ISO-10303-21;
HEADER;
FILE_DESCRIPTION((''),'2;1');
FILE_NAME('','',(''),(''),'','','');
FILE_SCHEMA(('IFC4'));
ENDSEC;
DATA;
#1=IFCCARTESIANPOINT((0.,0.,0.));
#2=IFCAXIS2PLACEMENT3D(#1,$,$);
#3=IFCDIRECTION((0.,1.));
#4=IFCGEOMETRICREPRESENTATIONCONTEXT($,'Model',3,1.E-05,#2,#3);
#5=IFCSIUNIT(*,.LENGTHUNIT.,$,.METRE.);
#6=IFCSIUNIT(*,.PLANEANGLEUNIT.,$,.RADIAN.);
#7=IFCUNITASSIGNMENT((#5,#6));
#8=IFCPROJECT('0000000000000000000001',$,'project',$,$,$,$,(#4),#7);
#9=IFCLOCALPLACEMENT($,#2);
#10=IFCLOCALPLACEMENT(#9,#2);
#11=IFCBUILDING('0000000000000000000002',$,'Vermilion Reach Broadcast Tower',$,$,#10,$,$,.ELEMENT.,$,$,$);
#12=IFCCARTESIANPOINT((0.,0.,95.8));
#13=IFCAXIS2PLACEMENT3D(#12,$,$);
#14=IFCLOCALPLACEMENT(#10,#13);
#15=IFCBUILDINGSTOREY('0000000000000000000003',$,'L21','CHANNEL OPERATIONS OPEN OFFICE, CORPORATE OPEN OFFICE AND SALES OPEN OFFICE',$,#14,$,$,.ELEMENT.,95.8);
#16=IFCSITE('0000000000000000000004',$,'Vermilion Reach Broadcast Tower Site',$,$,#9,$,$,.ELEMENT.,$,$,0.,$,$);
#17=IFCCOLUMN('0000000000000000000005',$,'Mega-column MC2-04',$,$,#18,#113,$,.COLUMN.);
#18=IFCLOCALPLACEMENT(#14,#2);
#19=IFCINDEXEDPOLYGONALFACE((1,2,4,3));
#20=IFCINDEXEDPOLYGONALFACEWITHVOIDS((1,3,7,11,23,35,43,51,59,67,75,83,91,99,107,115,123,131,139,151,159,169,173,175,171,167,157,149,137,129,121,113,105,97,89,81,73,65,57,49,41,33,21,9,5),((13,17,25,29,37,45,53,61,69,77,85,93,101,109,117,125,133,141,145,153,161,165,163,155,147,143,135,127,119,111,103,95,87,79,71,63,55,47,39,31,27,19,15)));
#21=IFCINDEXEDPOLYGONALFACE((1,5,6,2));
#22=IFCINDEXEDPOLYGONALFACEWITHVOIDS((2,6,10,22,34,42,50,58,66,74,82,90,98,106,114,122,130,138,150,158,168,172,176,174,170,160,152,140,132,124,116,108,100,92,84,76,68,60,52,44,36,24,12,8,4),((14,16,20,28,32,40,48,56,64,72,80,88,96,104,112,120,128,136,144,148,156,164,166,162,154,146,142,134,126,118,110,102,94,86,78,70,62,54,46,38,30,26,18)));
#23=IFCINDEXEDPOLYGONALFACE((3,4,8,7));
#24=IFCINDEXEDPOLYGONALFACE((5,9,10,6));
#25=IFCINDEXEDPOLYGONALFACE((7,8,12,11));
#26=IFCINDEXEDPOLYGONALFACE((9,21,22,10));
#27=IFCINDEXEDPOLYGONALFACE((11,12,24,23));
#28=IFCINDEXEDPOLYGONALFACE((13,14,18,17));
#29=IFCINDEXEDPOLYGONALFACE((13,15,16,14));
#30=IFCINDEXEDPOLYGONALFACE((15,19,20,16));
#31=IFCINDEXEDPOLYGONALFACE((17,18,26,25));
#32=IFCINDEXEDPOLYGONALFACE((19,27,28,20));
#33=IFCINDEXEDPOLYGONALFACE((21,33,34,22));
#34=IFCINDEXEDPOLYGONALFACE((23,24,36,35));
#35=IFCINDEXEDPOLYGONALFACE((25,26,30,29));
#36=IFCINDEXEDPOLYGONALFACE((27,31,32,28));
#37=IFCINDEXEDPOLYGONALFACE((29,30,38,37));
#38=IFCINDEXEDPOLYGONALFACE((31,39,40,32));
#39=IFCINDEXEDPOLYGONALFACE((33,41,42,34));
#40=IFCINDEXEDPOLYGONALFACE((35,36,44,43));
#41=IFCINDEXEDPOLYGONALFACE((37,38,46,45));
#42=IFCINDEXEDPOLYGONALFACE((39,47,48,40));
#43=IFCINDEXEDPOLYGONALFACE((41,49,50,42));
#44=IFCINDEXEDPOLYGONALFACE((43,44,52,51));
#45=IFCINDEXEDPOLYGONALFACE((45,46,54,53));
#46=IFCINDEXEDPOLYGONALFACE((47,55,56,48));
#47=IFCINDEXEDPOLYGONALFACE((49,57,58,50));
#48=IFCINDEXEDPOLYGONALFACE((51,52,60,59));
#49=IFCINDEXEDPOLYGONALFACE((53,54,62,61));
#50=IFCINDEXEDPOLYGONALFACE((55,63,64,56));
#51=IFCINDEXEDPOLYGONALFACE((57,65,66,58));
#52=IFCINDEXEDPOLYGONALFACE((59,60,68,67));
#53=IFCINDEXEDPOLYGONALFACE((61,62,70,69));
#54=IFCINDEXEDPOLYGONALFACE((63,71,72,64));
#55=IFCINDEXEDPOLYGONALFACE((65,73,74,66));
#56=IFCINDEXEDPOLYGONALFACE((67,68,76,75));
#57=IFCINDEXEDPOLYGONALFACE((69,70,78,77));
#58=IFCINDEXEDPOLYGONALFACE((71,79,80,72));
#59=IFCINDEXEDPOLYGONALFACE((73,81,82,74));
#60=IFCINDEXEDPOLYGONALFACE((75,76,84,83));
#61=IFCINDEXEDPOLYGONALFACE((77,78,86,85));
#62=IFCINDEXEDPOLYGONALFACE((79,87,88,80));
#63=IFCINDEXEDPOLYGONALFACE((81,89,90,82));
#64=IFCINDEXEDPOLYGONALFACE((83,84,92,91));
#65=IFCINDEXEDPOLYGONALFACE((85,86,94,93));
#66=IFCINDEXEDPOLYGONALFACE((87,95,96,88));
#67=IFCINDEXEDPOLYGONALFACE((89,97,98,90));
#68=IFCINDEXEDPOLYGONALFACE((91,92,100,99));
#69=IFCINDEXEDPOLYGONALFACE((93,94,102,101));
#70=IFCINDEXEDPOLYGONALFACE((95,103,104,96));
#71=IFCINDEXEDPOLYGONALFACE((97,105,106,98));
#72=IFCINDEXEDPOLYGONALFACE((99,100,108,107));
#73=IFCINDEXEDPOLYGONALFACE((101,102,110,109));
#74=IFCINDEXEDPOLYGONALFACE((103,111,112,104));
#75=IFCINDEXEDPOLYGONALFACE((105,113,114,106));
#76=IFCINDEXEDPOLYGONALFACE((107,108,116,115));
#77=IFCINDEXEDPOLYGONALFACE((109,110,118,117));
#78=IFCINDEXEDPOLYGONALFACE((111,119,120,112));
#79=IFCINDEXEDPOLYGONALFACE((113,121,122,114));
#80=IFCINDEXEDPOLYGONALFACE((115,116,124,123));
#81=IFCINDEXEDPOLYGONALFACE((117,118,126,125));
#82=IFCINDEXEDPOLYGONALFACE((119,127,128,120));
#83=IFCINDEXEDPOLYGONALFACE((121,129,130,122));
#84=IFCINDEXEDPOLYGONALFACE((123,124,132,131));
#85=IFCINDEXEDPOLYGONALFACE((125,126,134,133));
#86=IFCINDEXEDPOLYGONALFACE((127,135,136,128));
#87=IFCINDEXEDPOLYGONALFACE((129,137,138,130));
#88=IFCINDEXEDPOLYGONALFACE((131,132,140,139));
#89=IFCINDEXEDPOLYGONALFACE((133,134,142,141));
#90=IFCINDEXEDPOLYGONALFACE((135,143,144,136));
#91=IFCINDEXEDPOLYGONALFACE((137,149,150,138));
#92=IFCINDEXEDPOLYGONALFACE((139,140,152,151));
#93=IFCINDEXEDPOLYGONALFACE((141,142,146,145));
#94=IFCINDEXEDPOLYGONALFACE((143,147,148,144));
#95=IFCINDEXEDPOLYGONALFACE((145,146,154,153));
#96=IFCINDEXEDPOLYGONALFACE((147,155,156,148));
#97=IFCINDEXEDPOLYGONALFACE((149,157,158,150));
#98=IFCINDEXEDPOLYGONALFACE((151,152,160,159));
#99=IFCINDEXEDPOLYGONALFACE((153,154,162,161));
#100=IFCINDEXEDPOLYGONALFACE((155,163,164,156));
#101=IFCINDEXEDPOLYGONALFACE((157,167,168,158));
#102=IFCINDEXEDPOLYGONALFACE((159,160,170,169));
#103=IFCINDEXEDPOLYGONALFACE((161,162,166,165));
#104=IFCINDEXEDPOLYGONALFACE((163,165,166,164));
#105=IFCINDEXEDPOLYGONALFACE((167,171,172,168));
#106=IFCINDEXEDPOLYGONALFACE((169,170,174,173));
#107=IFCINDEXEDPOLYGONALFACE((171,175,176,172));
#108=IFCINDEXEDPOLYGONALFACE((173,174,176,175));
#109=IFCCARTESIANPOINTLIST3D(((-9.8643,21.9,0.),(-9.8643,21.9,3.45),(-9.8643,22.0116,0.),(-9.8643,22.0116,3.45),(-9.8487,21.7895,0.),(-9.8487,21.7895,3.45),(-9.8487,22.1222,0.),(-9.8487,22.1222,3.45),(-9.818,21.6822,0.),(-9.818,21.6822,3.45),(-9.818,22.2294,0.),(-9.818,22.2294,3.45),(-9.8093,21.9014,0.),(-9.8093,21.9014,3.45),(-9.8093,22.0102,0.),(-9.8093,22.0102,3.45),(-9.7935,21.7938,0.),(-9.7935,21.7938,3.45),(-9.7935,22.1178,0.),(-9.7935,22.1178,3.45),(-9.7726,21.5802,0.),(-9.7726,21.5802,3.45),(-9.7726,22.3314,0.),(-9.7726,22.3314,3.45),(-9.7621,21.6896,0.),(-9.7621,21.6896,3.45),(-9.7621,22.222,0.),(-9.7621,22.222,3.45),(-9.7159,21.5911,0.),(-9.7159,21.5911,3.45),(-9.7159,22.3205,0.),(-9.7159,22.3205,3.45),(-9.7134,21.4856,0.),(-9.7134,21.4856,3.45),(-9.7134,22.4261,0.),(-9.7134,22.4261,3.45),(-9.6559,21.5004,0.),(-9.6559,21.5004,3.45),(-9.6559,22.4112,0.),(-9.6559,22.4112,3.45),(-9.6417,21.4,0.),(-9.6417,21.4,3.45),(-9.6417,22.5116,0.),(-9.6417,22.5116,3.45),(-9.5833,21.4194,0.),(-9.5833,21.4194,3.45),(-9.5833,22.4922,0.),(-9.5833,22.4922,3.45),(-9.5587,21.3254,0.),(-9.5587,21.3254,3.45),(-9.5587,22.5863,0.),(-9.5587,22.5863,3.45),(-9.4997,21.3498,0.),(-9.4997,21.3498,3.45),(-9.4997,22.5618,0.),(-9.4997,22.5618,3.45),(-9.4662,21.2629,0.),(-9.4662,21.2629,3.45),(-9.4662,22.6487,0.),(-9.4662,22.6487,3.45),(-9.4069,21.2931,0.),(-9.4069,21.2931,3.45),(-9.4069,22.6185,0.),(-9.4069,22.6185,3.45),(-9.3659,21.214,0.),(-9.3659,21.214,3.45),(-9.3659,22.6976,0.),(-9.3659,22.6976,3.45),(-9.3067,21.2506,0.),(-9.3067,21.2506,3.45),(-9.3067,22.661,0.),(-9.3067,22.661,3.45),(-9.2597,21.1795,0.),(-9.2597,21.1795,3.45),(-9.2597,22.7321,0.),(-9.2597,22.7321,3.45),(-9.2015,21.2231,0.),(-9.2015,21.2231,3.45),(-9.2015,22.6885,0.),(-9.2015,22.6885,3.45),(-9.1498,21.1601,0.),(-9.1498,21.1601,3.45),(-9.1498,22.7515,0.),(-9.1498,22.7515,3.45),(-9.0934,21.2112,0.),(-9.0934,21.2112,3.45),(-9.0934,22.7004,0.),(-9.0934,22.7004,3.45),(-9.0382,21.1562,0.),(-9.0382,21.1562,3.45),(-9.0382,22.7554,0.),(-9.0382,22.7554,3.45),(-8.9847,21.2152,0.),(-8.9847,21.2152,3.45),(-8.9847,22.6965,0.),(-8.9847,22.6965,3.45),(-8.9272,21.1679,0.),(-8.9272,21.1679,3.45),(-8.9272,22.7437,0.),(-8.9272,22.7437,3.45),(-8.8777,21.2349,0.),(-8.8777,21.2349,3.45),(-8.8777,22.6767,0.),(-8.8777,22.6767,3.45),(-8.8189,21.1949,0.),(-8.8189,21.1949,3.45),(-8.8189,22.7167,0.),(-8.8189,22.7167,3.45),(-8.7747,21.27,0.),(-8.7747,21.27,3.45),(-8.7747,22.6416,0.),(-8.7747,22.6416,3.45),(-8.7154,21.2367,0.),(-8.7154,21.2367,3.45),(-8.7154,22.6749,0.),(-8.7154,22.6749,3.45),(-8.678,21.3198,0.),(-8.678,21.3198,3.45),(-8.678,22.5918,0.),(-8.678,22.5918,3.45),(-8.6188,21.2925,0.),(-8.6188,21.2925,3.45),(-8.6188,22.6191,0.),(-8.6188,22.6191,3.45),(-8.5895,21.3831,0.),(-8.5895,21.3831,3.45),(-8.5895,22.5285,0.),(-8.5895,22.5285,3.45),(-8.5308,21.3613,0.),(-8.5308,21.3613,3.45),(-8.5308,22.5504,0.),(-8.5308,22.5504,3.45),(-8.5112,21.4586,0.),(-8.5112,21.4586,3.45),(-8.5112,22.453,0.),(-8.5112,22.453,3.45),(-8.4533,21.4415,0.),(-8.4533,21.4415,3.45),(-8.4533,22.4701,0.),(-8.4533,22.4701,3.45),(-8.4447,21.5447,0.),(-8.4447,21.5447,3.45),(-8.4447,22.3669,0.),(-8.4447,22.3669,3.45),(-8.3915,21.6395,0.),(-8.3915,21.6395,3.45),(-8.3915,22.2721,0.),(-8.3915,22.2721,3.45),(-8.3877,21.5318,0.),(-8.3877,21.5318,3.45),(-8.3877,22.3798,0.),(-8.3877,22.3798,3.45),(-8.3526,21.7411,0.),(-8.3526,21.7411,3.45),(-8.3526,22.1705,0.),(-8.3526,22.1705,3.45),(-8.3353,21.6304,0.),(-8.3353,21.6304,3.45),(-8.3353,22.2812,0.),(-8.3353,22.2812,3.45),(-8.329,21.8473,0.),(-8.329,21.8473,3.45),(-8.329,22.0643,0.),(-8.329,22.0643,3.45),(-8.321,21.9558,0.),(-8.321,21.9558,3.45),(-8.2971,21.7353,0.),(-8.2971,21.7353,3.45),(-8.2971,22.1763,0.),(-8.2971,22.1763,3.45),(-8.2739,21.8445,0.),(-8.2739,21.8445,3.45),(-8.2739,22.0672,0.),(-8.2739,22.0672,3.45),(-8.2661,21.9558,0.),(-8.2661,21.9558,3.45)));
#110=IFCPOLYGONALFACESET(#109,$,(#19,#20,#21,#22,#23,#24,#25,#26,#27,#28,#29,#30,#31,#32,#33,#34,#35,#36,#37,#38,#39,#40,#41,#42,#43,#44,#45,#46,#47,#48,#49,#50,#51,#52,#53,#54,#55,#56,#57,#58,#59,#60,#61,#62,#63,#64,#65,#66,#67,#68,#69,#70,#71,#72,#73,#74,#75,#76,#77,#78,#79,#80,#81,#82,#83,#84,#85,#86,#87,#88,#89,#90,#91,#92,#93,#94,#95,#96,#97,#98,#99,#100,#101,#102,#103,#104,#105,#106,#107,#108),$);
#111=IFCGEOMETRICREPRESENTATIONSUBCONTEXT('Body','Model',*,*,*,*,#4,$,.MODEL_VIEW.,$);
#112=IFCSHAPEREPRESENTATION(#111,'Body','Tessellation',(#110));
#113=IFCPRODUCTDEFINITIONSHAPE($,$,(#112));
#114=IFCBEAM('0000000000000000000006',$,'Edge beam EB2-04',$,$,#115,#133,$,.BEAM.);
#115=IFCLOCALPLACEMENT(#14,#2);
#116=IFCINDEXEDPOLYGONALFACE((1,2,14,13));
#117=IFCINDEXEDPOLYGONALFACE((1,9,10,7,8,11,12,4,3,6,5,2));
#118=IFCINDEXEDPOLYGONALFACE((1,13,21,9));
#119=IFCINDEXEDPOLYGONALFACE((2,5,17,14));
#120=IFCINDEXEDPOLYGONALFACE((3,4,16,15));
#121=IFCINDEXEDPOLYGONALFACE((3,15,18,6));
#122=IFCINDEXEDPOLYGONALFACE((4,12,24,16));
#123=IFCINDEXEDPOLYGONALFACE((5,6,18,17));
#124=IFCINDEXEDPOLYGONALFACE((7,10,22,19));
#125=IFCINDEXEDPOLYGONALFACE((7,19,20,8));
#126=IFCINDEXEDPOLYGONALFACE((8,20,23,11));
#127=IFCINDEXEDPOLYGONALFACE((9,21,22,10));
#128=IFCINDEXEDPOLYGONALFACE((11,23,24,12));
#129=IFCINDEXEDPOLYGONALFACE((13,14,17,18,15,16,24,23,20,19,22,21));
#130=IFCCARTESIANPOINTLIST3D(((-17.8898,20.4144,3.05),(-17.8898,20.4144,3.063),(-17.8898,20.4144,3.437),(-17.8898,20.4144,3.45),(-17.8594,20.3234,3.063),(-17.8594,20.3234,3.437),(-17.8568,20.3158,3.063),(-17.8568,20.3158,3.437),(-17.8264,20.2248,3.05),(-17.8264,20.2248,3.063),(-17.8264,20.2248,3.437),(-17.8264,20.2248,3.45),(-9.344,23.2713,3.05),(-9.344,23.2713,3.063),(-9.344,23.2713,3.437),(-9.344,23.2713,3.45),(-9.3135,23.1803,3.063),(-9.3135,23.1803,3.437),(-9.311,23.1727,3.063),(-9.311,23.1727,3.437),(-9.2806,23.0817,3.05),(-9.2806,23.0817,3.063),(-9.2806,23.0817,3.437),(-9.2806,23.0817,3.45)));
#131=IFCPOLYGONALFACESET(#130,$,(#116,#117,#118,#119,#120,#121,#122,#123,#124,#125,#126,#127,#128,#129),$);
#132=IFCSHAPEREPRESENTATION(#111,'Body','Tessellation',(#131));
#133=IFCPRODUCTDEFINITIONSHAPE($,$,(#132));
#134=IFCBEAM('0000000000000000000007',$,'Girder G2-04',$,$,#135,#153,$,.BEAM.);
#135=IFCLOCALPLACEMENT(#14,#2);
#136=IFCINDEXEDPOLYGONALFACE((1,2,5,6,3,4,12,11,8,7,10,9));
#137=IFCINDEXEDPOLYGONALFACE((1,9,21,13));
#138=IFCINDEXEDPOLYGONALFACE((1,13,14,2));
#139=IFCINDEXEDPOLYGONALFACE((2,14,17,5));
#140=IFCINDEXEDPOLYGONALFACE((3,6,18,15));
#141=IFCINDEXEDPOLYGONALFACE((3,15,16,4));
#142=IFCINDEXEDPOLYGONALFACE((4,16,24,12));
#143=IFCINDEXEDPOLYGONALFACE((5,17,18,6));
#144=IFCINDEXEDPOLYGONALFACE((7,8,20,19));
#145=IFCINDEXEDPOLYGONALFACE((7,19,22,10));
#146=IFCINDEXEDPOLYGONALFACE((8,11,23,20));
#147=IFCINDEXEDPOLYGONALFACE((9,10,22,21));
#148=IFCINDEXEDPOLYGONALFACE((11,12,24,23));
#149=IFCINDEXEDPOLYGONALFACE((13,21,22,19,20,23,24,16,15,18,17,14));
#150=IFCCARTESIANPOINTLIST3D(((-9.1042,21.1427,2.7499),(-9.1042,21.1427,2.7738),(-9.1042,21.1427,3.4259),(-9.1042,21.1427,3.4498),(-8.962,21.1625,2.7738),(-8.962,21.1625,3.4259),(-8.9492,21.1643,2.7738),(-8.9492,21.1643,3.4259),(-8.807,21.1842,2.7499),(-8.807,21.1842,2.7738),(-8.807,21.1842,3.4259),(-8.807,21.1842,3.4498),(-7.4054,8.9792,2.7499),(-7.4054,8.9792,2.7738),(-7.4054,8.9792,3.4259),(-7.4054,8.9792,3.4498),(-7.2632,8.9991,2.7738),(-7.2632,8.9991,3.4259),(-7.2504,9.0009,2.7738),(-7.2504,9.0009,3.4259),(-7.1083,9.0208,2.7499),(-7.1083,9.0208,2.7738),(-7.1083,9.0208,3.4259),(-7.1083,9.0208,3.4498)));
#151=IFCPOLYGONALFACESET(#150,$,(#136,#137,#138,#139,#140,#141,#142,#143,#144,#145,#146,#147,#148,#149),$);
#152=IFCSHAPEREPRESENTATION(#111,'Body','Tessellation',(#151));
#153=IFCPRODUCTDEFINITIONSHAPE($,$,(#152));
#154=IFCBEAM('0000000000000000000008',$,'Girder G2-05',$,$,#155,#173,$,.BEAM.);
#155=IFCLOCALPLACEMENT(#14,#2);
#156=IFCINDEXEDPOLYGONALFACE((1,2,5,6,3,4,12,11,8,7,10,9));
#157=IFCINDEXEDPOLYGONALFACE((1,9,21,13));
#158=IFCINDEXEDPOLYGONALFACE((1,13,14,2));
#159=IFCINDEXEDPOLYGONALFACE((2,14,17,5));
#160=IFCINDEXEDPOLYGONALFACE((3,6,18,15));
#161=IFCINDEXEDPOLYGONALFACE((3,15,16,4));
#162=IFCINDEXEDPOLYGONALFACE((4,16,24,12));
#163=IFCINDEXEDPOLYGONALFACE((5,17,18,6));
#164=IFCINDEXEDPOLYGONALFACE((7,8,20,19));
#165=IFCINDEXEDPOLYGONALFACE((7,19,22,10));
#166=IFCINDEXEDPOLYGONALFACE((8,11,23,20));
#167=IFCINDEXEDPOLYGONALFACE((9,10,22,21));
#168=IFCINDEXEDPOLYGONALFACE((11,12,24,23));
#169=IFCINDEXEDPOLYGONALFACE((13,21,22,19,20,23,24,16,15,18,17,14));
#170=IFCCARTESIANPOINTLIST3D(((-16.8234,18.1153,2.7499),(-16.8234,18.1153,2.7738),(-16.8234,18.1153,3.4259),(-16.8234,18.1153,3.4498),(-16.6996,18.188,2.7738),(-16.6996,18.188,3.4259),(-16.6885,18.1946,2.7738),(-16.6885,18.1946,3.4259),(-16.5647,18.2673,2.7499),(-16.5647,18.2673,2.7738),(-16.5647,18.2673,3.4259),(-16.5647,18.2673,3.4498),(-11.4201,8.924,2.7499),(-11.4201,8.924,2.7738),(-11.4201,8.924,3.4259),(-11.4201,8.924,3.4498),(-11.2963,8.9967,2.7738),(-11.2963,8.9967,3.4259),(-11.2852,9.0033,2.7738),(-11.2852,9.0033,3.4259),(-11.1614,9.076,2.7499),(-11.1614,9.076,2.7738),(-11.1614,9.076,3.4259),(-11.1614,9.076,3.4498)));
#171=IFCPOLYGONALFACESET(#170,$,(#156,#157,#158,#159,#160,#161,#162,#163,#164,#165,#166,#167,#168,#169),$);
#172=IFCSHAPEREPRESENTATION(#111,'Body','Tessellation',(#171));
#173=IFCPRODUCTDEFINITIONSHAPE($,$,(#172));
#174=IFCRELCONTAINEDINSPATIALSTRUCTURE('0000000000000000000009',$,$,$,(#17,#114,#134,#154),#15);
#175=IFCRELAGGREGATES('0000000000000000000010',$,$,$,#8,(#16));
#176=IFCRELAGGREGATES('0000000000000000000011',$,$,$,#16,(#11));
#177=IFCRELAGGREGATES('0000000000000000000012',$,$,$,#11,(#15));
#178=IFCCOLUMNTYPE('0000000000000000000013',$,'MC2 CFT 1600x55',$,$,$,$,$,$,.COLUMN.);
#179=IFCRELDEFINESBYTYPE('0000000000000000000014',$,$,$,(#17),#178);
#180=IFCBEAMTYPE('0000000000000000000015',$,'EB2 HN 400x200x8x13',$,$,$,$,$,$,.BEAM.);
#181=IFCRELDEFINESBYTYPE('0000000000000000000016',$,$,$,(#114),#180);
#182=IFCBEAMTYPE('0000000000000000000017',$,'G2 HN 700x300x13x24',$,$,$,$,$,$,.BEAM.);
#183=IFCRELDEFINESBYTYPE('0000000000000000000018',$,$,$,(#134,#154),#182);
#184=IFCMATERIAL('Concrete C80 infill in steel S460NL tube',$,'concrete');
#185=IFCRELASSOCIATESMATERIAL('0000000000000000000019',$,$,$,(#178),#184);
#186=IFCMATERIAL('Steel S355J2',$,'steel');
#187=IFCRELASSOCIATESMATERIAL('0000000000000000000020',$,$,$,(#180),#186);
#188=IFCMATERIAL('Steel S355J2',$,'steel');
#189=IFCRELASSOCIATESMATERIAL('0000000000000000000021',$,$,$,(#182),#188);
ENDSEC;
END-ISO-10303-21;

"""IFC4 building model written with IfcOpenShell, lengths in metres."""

from ifc_helpers import new_model, si_unit, direction, frame, origin, origin_2d, place, context, subcontext, project, spatial, hollow_circle, i_section, extrude, material, material_profile, profile_set, type_object, element, save


model = new_model("IFC4")

# Units and contexts
model_context = context("Model", 3, precision=1e-05, world=origin(), true_north=direction((0.0, 1.0)))
body_context = subcontext(model_context, "Body", "Model", "MODEL_VIEW")
ifc_project = project(units=[si_unit("LENGTHUNIT", "METRE"), si_unit("PLANEANGLEUNIT", "RADIAN")], contexts=[model_context])

# Site, building, storey
site_placement = place(None, origin())
site = spatial("IfcSite", under=ifc_project, at=site_placement, Name="Vermilion Reach Broadcast Tower Site", CompositionType="ELEMENT", RefElevation=0.0)
building_placement = place(site_placement, origin())
building = spatial("IfcBuilding", under=site, at=building_placement, Name="Vermilion Reach Broadcast Tower", CompositionType="ELEMENT")
storey_placement = place(building_placement, frame((0.0, 0.0, 95.8)))
storey = spatial("IfcBuildingStorey", under=building, at=storey_placement, Name="L21", Description="CHANNEL OPERATIONS OPEN OFFICE, CORPORATE OPEN OFFICE AND SALES OPEN OFFICE", CompositionType="ELEMENT", Elevation=95.8)

# Column
ifc_material_1 = material(Name="Concrete C80 infill in steel S460NL tube", Category="concrete")
ifc_material_profile_1 = material_profile(ifc_material_1, hollow_circle(Radius=0.8, WallThickness=0.0549, at=origin_2d()), Name="Concrete C80 infill in steel S460NL tube CFT 1600x55")
ifc_profile_set_1 = profile_set([ifc_material_profile_1], Name="Concrete C80 infill in steel S460NL tube")
column_type = type_object("IfcColumnType", Name="MC2 CFT 1600x55", PredefinedType="COLUMN", material=ifc_profile_set_1)
column_placement = place(storey_placement, frame((-9.0662, 21.9558, 0.0), z_axis=(0.0, 0.0, 1.0), x_axis=(1.0, 0.0, 0.0)))
element("IfcColumn", 1, at=column_placement, inside=storey, type_object=column_type, Name="Mega-column MC2-04", PredefinedType="COLUMN", context=body_context, shape_type="SweptSolid", body=[
    extrude(hollow_circle(Radius=0.8, WallThickness=0.0549, at=origin_2d()), origin(), (0.0, 0.0, 1.0), 3.45),
])

# Beams
ifc_material_2 = material(Name="Steel S355J2", Category="steel")
ifc_material_profile_2 = material_profile(ifc_material_2, i_section(OverallWidth=0.2, OverallDepth=0.3999, WebThickness=0.0081, FlangeThickness=0.0129, at=origin_2d()), Name="S355J2 HN 400x200x8x13")
ifc_profile_set_2 = profile_set([ifc_material_profile_2], Name="Steel S355J2")
beam_type_1 = type_object("IfcBeamType", Name="EB2 HN 400x200x8x13", PredefinedType="BEAM", material=ifc_profile_set_2)
beam_1_placement = place(storey_placement, frame((-9.3123, 23.1765, 3.25), z_axis=(-0.948407, -0.317057, 0.0), x_axis=(0.317057, -0.948407, 0.0)))
element("IfcBeam", 2, at=beam_1_placement, inside=storey, type_object=beam_type_1, Name="Edge beam EB2-04", PredefinedType="BEAM", context=body_context, shape_type="SweptSolid", body=[
    extrude(i_section(OverallWidth=0.2, OverallDepth=0.3999, WebThickness=0.0081, FlangeThickness=0.0129, at=origin_2d()), origin(), (0.0, 0.0, 1.0), 9.0107),
])
ifc_material_3 = material(Name="Steel S355J2", Category="steel")
ifc_material_profile_3 = material_profile(ifc_material_3, i_section(OverallWidth=0.3, OverallDepth=0.7, WebThickness=0.0129, FlangeThickness=0.0239, at=origin_2d()), Name="S355J2 HN 700x300x13x24")
ifc_profile_set_3 = profile_set([ifc_material_profile_3], Name="Steel S355J2")
beam_type_2 = type_object("IfcBeamType", Name="G2 HN 700x300x13x24", PredefinedType="BEAM", material=ifc_profile_set_3)
beam_2_placement = place(storey_placement, frame((-7.2568, 9.0, 3.0999), z_axis=(-0.138318, 0.990388, 0.0), x_axis=(-0.990388, -0.138318, 0.0)))
element("IfcBeam", 3, at=beam_2_placement, inside=storey, type_object=beam_type_2, Name="Girder G2-04", PredefinedType="BEAM", context=body_context, shape_type="SweptSolid", body=[
    extrude(i_section(OverallWidth=0.3, OverallDepth=0.7, WebThickness=0.0129, FlangeThickness=0.0239, at=origin_2d()), origin(), (0.0, 0.0, 1.0), 12.2815),
])
beam_3_placement = place(storey_placement, frame((-11.2908, 9.0, 3.0999), z_axis=(-0.506784, 0.862073, 0.0), x_axis=(-0.862073, -0.506784, 0.0)))
element("IfcBeam", 4, at=beam_3_placement, inside=storey, type_object=beam_type_2, Name="Girder G2-05", PredefinedType="BEAM", context=body_context, shape_type="SweptSolid", body=[
    extrude(i_section(OverallWidth=0.3, OverallDepth=0.7, WebThickness=0.0129, FlangeThickness=0.0239, at=origin_2d()), origin(), (0.0, 0.0, 1.0), 10.6619),
])

save(model, "model.ifc")
